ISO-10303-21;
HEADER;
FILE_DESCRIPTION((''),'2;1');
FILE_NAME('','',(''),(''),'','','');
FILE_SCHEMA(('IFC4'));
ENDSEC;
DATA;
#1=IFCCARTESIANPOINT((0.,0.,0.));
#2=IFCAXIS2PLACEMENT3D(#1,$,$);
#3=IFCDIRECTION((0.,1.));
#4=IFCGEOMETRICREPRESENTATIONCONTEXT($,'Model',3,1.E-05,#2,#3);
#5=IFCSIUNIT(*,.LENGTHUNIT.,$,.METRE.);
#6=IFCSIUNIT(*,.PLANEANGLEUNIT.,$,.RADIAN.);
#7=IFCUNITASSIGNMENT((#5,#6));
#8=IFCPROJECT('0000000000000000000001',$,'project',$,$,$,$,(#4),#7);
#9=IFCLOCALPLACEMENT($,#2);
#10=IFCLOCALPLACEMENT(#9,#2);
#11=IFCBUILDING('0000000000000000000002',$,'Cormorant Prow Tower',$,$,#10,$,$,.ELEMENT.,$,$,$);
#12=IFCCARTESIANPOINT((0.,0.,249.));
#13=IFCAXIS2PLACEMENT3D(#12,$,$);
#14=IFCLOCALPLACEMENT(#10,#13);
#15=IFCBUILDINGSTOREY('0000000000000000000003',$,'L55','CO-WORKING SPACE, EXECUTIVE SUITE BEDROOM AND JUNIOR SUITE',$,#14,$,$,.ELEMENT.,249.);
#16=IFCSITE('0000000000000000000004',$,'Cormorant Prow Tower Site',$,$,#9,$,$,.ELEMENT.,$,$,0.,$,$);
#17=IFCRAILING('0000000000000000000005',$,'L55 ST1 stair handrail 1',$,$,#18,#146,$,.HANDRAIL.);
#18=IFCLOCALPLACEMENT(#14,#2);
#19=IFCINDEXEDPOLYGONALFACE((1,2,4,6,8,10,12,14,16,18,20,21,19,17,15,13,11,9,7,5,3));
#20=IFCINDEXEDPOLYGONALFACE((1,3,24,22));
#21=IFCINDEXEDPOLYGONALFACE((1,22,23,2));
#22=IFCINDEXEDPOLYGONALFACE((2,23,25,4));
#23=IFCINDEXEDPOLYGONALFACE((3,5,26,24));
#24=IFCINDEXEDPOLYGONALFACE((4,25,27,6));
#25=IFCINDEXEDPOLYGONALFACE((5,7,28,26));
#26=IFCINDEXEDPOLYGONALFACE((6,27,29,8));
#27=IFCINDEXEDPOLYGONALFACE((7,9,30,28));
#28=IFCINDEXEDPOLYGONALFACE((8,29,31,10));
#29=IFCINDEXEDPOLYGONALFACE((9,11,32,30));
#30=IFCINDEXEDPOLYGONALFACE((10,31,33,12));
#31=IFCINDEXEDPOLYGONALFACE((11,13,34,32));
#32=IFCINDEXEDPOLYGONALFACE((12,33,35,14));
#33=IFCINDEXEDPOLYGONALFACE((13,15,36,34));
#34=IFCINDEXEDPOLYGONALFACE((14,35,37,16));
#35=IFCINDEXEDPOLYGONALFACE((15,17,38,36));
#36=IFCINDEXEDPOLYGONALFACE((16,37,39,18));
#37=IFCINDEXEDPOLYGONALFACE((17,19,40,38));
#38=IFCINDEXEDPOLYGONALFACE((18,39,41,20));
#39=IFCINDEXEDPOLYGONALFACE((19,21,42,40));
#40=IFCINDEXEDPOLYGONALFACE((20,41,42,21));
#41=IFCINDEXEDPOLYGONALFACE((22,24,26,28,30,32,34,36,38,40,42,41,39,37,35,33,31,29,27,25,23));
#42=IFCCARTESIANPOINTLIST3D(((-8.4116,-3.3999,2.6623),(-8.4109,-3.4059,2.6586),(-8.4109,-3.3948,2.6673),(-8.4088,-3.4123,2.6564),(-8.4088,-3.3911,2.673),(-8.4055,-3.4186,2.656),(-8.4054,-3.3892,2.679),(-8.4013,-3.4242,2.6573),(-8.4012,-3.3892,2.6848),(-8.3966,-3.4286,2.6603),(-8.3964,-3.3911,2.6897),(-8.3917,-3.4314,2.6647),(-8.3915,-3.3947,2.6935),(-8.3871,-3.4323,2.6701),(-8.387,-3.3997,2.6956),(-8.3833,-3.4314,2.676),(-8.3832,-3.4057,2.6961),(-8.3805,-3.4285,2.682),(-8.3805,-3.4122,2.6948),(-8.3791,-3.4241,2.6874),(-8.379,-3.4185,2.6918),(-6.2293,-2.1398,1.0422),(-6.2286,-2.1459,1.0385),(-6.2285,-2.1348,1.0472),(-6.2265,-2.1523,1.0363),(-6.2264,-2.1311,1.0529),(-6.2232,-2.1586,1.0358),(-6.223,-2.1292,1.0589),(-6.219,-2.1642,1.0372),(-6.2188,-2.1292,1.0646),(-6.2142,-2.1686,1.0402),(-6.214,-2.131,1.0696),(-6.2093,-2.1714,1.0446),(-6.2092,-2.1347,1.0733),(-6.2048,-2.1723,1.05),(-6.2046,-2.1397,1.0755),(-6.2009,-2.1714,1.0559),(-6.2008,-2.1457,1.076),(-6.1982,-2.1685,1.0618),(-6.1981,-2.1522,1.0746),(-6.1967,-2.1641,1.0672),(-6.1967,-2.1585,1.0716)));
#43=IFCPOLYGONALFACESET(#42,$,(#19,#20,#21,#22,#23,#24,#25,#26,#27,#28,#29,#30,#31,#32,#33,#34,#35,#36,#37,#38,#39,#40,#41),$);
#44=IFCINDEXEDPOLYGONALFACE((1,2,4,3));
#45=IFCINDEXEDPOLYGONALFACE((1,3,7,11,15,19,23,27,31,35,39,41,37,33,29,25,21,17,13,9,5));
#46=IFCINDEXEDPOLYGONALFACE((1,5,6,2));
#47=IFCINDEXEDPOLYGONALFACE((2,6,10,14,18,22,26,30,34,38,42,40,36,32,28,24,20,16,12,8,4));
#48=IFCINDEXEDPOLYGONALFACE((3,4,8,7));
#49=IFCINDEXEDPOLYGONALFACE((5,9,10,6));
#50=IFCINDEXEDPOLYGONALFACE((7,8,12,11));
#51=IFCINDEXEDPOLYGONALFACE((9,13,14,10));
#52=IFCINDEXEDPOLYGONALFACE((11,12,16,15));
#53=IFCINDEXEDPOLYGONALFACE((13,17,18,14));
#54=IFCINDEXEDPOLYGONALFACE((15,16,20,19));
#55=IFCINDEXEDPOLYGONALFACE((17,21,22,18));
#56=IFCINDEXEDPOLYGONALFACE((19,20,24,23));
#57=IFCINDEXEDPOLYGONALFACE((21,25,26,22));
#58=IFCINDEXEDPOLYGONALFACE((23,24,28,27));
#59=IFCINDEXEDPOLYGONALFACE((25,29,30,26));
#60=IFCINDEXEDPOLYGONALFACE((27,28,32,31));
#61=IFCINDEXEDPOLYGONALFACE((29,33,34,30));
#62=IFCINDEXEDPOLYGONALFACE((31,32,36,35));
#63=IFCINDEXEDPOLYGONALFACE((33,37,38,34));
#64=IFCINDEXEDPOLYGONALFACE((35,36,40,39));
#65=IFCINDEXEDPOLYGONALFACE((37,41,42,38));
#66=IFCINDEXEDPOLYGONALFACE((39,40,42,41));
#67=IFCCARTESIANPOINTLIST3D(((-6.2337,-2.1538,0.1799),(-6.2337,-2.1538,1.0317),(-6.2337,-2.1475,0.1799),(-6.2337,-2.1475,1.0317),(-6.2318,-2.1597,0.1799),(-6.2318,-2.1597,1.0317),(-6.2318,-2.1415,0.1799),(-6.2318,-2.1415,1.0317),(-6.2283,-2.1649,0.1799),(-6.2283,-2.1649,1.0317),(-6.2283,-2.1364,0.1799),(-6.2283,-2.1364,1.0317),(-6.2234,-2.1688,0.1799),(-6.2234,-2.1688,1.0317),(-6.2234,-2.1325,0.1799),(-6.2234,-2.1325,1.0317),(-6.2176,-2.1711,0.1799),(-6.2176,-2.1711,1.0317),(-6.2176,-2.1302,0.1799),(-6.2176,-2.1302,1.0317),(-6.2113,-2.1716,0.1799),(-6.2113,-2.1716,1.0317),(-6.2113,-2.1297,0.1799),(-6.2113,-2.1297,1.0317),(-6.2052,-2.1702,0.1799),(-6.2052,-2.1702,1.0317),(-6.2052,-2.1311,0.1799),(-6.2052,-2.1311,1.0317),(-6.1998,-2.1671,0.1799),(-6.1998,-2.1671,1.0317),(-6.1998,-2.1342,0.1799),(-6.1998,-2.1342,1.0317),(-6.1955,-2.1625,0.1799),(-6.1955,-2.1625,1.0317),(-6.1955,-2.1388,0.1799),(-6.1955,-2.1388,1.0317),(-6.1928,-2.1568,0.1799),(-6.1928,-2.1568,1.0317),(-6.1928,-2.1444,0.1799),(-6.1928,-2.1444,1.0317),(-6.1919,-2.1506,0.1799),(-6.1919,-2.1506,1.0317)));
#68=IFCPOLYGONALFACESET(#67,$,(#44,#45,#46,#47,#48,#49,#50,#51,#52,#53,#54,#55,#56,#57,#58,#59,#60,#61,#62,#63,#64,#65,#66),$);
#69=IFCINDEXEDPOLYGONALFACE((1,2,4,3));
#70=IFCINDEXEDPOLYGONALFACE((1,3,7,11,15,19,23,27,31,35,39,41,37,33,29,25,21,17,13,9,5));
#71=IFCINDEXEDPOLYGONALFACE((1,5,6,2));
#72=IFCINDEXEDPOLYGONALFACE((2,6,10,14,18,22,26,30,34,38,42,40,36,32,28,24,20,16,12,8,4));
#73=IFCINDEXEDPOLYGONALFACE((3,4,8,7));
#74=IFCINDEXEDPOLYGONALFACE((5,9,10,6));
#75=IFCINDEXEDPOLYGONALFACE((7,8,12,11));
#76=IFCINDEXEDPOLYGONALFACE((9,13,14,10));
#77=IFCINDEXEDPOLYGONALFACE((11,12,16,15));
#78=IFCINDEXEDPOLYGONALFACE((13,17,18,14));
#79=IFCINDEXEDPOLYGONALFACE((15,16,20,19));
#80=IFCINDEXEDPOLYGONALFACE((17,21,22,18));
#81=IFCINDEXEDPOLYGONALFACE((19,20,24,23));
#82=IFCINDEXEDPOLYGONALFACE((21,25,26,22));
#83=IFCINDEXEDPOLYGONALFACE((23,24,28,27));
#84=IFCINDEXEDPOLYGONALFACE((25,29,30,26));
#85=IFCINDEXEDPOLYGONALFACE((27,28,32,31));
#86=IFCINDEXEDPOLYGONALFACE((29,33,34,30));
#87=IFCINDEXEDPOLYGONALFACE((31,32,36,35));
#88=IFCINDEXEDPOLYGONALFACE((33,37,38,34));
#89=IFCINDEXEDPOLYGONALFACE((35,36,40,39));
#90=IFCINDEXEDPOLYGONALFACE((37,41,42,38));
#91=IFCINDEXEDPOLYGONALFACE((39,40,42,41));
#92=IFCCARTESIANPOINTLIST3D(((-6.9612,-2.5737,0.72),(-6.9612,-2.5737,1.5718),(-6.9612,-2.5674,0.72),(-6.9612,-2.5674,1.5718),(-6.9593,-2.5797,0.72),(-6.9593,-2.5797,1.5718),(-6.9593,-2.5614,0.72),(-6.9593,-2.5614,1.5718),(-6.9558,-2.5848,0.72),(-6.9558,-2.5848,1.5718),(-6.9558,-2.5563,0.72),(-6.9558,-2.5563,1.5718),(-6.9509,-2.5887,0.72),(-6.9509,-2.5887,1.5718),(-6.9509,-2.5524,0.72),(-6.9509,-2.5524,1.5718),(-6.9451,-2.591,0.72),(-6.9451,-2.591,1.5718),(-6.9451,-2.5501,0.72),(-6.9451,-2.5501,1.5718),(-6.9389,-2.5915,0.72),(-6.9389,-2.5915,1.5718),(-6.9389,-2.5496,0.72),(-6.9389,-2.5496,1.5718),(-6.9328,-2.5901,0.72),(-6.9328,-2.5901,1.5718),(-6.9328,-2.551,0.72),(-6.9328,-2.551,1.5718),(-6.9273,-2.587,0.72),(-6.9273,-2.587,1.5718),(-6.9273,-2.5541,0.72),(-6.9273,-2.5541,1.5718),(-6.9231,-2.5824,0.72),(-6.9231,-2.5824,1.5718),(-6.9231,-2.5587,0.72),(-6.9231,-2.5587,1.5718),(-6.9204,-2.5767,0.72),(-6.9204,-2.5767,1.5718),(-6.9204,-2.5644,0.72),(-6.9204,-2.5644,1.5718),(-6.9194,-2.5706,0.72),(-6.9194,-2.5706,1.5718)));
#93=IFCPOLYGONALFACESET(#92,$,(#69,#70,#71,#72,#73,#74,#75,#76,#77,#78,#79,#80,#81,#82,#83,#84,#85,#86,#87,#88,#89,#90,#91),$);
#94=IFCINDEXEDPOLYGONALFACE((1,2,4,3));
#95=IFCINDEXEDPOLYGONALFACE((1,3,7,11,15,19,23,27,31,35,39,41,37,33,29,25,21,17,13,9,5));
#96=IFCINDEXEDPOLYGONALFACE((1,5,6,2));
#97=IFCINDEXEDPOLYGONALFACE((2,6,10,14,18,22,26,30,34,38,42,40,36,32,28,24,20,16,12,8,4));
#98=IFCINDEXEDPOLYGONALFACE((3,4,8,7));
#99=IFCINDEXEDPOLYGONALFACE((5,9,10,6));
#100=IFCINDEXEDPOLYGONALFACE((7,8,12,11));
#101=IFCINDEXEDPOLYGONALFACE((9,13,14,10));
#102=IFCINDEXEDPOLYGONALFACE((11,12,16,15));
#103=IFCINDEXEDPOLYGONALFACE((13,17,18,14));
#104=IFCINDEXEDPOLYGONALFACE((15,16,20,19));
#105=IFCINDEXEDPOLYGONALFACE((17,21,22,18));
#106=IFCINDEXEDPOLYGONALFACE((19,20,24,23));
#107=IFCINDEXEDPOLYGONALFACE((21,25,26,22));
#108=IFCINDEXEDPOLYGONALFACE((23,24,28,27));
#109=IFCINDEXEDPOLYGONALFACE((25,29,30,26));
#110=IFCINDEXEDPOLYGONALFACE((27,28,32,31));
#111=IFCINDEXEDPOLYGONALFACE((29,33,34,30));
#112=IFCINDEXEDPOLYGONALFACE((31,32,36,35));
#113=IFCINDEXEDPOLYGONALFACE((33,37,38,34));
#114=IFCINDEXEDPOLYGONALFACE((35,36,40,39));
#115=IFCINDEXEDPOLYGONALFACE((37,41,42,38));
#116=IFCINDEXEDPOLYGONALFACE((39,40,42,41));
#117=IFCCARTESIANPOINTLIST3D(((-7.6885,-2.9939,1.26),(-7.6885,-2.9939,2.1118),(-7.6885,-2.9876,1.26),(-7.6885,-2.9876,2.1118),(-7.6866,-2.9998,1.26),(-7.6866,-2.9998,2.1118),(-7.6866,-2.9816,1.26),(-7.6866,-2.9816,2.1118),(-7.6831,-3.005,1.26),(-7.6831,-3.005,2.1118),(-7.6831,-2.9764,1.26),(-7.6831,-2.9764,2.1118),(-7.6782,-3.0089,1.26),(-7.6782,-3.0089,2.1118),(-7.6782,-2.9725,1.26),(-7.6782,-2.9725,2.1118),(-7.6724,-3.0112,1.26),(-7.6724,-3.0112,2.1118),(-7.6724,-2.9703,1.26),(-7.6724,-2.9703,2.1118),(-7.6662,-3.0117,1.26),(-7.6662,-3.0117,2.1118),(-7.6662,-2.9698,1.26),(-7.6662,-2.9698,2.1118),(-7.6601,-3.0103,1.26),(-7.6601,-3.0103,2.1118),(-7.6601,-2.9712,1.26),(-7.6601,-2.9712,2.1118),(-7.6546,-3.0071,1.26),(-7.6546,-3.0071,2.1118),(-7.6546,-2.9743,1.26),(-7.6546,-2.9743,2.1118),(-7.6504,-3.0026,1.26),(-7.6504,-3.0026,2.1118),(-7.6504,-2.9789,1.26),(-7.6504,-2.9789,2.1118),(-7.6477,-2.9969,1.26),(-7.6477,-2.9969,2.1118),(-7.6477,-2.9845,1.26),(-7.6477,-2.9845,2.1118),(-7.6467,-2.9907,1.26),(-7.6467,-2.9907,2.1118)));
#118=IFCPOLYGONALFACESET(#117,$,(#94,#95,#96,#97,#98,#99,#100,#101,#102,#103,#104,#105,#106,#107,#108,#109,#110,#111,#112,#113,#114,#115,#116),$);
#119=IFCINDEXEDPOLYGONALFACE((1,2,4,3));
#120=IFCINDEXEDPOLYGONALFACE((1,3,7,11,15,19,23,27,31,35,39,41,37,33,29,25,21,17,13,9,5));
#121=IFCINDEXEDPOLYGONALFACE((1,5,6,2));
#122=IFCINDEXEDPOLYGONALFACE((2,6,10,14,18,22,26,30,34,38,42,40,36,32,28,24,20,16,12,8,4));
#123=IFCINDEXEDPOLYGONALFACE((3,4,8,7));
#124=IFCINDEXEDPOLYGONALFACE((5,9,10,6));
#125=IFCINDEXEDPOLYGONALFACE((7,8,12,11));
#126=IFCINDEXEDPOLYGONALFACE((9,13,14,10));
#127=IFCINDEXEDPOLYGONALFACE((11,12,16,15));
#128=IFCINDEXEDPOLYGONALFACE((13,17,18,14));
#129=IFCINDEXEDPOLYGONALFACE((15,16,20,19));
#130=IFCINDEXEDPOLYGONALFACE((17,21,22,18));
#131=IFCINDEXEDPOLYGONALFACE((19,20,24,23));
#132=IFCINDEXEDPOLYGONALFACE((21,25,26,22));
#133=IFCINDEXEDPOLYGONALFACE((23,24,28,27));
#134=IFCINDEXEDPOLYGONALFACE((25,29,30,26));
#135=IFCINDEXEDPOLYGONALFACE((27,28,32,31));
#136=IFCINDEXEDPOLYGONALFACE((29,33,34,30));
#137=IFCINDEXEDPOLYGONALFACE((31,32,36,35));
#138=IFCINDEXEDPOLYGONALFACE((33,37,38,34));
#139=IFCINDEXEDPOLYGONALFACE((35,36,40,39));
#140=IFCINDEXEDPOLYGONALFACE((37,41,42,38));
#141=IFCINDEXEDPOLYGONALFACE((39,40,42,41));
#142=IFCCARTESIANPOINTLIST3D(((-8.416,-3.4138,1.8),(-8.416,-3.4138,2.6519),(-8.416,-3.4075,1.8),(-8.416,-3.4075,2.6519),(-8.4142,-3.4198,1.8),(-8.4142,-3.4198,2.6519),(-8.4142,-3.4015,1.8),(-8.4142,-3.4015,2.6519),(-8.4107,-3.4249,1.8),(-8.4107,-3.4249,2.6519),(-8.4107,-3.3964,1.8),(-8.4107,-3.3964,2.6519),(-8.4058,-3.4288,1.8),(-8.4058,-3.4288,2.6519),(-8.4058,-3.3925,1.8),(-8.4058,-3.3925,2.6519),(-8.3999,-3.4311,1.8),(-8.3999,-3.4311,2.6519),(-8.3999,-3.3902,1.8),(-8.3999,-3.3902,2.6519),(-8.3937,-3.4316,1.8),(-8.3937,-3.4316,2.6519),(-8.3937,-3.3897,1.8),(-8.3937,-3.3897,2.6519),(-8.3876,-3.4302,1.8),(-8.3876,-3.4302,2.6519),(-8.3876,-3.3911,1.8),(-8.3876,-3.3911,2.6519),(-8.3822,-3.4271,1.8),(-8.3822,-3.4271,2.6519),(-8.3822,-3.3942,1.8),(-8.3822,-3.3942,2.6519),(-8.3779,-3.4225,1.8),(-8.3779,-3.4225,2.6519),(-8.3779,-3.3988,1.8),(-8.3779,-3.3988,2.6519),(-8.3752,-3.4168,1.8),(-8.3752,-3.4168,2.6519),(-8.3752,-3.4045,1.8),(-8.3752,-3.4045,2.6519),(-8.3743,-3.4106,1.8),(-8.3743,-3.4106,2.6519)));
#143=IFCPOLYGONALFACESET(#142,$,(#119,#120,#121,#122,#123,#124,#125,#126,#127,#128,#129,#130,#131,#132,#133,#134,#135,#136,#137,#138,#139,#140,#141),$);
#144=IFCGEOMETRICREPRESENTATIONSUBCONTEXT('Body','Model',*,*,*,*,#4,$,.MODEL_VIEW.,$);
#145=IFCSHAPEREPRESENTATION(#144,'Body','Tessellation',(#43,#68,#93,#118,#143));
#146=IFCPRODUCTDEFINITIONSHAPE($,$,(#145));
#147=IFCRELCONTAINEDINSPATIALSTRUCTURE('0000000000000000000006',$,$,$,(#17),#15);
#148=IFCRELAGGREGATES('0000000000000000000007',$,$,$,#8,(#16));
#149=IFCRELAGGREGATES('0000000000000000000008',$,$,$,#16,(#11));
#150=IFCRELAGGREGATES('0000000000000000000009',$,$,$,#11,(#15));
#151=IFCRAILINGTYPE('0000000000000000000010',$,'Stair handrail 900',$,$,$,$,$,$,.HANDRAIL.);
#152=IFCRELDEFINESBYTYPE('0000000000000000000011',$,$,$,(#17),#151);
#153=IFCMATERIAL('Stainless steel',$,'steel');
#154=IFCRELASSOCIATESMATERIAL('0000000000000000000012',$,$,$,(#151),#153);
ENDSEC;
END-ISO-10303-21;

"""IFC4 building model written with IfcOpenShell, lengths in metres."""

from ifc_helpers import new_model, si_unit, direction, frame, origin, origin_2d, place, context, subcontext, project, spatial, circle, extrude, material, type_object, element, save


model = new_model("IFC4")

# Units and contexts
model_context = context("Model", 3, precision=1e-05, world=origin(), true_north=direction((0.0, 1.0)))
body_context = subcontext(model_context, "Body", "Model", "MODEL_VIEW")
ifc_project = project(units=[si_unit("LENGTHUNIT", "METRE"), si_unit("PLANEANGLEUNIT", "RADIAN")], contexts=[model_context])

# Site, building, storey
site_placement = place(None, origin())
site = spatial("IfcSite", under=ifc_project, at=site_placement, Name="Cormorant Prow Tower Site", CompositionType="ELEMENT", RefElevation=0.0)
building_placement = place(site_placement, origin())
building = spatial("IfcBuilding", under=site, at=building_placement, Name="Cormorant Prow Tower", CompositionType="ELEMENT")
storey_placement = place(building_placement, frame((0.0, 0.0, 249.0)))
storey = spatial("IfcBuildingStorey", under=building, at=storey_placement, Name="L55", Description="CO-WORKING SPACE, EXECUTIVE SUITE BEDROOM AND JUNIOR SUITE", CompositionType="ELEMENT", Elevation=249.0)

# Railing
ifc_material_1 = material(Name="Stainless steel", Category="steel")
railing_type = type_object("IfcRailingType", Name="Stair handrail 900", PredefinedType="HANDRAIL", material=ifc_material_1)
railing_placement = place(storey_placement, frame((-6.2129, -2.1506, 0.1799)))
element("IfcRailing", 1, at=railing_placement, inside=storey, type_object=railing_type, Name="L55 ST1 stair handrail 1", PredefinedType="HANDRAIL", context=body_context, shape_type="SweptSolid", body=[
    extrude(circle(Radius=0.0239, at=origin_2d()), frame((0.0, 0.0, 0.876), z_axis=(-0.728464, -0.420584, 0.540786), x_axis=(0.500005, -0.866023, 0.0)), (0.0, 0.0, 1.0), 2.9958),
    extrude(circle(Radius=0.021, at=origin_2d()), origin(), (0.0, 0.0, 1.0), 0.8518),
    extrude(circle(Radius=0.021, at=origin_2d()), frame((-0.7275, -0.4199, 0.54)), (0.0, 0.0, 1.0), 0.8518),
    extrude(circle(Radius=0.021, at=origin_2d()), frame((-1.4548, -0.8401, 1.0801)), (0.0, 0.0, 1.0), 0.8518),
    extrude(circle(Radius=0.021, at=origin_2d()), frame((-2.1824, -1.26, 1.6201)), (0.0, 0.0, 1.0), 0.8518),
])

save(model, "model.ifc")
